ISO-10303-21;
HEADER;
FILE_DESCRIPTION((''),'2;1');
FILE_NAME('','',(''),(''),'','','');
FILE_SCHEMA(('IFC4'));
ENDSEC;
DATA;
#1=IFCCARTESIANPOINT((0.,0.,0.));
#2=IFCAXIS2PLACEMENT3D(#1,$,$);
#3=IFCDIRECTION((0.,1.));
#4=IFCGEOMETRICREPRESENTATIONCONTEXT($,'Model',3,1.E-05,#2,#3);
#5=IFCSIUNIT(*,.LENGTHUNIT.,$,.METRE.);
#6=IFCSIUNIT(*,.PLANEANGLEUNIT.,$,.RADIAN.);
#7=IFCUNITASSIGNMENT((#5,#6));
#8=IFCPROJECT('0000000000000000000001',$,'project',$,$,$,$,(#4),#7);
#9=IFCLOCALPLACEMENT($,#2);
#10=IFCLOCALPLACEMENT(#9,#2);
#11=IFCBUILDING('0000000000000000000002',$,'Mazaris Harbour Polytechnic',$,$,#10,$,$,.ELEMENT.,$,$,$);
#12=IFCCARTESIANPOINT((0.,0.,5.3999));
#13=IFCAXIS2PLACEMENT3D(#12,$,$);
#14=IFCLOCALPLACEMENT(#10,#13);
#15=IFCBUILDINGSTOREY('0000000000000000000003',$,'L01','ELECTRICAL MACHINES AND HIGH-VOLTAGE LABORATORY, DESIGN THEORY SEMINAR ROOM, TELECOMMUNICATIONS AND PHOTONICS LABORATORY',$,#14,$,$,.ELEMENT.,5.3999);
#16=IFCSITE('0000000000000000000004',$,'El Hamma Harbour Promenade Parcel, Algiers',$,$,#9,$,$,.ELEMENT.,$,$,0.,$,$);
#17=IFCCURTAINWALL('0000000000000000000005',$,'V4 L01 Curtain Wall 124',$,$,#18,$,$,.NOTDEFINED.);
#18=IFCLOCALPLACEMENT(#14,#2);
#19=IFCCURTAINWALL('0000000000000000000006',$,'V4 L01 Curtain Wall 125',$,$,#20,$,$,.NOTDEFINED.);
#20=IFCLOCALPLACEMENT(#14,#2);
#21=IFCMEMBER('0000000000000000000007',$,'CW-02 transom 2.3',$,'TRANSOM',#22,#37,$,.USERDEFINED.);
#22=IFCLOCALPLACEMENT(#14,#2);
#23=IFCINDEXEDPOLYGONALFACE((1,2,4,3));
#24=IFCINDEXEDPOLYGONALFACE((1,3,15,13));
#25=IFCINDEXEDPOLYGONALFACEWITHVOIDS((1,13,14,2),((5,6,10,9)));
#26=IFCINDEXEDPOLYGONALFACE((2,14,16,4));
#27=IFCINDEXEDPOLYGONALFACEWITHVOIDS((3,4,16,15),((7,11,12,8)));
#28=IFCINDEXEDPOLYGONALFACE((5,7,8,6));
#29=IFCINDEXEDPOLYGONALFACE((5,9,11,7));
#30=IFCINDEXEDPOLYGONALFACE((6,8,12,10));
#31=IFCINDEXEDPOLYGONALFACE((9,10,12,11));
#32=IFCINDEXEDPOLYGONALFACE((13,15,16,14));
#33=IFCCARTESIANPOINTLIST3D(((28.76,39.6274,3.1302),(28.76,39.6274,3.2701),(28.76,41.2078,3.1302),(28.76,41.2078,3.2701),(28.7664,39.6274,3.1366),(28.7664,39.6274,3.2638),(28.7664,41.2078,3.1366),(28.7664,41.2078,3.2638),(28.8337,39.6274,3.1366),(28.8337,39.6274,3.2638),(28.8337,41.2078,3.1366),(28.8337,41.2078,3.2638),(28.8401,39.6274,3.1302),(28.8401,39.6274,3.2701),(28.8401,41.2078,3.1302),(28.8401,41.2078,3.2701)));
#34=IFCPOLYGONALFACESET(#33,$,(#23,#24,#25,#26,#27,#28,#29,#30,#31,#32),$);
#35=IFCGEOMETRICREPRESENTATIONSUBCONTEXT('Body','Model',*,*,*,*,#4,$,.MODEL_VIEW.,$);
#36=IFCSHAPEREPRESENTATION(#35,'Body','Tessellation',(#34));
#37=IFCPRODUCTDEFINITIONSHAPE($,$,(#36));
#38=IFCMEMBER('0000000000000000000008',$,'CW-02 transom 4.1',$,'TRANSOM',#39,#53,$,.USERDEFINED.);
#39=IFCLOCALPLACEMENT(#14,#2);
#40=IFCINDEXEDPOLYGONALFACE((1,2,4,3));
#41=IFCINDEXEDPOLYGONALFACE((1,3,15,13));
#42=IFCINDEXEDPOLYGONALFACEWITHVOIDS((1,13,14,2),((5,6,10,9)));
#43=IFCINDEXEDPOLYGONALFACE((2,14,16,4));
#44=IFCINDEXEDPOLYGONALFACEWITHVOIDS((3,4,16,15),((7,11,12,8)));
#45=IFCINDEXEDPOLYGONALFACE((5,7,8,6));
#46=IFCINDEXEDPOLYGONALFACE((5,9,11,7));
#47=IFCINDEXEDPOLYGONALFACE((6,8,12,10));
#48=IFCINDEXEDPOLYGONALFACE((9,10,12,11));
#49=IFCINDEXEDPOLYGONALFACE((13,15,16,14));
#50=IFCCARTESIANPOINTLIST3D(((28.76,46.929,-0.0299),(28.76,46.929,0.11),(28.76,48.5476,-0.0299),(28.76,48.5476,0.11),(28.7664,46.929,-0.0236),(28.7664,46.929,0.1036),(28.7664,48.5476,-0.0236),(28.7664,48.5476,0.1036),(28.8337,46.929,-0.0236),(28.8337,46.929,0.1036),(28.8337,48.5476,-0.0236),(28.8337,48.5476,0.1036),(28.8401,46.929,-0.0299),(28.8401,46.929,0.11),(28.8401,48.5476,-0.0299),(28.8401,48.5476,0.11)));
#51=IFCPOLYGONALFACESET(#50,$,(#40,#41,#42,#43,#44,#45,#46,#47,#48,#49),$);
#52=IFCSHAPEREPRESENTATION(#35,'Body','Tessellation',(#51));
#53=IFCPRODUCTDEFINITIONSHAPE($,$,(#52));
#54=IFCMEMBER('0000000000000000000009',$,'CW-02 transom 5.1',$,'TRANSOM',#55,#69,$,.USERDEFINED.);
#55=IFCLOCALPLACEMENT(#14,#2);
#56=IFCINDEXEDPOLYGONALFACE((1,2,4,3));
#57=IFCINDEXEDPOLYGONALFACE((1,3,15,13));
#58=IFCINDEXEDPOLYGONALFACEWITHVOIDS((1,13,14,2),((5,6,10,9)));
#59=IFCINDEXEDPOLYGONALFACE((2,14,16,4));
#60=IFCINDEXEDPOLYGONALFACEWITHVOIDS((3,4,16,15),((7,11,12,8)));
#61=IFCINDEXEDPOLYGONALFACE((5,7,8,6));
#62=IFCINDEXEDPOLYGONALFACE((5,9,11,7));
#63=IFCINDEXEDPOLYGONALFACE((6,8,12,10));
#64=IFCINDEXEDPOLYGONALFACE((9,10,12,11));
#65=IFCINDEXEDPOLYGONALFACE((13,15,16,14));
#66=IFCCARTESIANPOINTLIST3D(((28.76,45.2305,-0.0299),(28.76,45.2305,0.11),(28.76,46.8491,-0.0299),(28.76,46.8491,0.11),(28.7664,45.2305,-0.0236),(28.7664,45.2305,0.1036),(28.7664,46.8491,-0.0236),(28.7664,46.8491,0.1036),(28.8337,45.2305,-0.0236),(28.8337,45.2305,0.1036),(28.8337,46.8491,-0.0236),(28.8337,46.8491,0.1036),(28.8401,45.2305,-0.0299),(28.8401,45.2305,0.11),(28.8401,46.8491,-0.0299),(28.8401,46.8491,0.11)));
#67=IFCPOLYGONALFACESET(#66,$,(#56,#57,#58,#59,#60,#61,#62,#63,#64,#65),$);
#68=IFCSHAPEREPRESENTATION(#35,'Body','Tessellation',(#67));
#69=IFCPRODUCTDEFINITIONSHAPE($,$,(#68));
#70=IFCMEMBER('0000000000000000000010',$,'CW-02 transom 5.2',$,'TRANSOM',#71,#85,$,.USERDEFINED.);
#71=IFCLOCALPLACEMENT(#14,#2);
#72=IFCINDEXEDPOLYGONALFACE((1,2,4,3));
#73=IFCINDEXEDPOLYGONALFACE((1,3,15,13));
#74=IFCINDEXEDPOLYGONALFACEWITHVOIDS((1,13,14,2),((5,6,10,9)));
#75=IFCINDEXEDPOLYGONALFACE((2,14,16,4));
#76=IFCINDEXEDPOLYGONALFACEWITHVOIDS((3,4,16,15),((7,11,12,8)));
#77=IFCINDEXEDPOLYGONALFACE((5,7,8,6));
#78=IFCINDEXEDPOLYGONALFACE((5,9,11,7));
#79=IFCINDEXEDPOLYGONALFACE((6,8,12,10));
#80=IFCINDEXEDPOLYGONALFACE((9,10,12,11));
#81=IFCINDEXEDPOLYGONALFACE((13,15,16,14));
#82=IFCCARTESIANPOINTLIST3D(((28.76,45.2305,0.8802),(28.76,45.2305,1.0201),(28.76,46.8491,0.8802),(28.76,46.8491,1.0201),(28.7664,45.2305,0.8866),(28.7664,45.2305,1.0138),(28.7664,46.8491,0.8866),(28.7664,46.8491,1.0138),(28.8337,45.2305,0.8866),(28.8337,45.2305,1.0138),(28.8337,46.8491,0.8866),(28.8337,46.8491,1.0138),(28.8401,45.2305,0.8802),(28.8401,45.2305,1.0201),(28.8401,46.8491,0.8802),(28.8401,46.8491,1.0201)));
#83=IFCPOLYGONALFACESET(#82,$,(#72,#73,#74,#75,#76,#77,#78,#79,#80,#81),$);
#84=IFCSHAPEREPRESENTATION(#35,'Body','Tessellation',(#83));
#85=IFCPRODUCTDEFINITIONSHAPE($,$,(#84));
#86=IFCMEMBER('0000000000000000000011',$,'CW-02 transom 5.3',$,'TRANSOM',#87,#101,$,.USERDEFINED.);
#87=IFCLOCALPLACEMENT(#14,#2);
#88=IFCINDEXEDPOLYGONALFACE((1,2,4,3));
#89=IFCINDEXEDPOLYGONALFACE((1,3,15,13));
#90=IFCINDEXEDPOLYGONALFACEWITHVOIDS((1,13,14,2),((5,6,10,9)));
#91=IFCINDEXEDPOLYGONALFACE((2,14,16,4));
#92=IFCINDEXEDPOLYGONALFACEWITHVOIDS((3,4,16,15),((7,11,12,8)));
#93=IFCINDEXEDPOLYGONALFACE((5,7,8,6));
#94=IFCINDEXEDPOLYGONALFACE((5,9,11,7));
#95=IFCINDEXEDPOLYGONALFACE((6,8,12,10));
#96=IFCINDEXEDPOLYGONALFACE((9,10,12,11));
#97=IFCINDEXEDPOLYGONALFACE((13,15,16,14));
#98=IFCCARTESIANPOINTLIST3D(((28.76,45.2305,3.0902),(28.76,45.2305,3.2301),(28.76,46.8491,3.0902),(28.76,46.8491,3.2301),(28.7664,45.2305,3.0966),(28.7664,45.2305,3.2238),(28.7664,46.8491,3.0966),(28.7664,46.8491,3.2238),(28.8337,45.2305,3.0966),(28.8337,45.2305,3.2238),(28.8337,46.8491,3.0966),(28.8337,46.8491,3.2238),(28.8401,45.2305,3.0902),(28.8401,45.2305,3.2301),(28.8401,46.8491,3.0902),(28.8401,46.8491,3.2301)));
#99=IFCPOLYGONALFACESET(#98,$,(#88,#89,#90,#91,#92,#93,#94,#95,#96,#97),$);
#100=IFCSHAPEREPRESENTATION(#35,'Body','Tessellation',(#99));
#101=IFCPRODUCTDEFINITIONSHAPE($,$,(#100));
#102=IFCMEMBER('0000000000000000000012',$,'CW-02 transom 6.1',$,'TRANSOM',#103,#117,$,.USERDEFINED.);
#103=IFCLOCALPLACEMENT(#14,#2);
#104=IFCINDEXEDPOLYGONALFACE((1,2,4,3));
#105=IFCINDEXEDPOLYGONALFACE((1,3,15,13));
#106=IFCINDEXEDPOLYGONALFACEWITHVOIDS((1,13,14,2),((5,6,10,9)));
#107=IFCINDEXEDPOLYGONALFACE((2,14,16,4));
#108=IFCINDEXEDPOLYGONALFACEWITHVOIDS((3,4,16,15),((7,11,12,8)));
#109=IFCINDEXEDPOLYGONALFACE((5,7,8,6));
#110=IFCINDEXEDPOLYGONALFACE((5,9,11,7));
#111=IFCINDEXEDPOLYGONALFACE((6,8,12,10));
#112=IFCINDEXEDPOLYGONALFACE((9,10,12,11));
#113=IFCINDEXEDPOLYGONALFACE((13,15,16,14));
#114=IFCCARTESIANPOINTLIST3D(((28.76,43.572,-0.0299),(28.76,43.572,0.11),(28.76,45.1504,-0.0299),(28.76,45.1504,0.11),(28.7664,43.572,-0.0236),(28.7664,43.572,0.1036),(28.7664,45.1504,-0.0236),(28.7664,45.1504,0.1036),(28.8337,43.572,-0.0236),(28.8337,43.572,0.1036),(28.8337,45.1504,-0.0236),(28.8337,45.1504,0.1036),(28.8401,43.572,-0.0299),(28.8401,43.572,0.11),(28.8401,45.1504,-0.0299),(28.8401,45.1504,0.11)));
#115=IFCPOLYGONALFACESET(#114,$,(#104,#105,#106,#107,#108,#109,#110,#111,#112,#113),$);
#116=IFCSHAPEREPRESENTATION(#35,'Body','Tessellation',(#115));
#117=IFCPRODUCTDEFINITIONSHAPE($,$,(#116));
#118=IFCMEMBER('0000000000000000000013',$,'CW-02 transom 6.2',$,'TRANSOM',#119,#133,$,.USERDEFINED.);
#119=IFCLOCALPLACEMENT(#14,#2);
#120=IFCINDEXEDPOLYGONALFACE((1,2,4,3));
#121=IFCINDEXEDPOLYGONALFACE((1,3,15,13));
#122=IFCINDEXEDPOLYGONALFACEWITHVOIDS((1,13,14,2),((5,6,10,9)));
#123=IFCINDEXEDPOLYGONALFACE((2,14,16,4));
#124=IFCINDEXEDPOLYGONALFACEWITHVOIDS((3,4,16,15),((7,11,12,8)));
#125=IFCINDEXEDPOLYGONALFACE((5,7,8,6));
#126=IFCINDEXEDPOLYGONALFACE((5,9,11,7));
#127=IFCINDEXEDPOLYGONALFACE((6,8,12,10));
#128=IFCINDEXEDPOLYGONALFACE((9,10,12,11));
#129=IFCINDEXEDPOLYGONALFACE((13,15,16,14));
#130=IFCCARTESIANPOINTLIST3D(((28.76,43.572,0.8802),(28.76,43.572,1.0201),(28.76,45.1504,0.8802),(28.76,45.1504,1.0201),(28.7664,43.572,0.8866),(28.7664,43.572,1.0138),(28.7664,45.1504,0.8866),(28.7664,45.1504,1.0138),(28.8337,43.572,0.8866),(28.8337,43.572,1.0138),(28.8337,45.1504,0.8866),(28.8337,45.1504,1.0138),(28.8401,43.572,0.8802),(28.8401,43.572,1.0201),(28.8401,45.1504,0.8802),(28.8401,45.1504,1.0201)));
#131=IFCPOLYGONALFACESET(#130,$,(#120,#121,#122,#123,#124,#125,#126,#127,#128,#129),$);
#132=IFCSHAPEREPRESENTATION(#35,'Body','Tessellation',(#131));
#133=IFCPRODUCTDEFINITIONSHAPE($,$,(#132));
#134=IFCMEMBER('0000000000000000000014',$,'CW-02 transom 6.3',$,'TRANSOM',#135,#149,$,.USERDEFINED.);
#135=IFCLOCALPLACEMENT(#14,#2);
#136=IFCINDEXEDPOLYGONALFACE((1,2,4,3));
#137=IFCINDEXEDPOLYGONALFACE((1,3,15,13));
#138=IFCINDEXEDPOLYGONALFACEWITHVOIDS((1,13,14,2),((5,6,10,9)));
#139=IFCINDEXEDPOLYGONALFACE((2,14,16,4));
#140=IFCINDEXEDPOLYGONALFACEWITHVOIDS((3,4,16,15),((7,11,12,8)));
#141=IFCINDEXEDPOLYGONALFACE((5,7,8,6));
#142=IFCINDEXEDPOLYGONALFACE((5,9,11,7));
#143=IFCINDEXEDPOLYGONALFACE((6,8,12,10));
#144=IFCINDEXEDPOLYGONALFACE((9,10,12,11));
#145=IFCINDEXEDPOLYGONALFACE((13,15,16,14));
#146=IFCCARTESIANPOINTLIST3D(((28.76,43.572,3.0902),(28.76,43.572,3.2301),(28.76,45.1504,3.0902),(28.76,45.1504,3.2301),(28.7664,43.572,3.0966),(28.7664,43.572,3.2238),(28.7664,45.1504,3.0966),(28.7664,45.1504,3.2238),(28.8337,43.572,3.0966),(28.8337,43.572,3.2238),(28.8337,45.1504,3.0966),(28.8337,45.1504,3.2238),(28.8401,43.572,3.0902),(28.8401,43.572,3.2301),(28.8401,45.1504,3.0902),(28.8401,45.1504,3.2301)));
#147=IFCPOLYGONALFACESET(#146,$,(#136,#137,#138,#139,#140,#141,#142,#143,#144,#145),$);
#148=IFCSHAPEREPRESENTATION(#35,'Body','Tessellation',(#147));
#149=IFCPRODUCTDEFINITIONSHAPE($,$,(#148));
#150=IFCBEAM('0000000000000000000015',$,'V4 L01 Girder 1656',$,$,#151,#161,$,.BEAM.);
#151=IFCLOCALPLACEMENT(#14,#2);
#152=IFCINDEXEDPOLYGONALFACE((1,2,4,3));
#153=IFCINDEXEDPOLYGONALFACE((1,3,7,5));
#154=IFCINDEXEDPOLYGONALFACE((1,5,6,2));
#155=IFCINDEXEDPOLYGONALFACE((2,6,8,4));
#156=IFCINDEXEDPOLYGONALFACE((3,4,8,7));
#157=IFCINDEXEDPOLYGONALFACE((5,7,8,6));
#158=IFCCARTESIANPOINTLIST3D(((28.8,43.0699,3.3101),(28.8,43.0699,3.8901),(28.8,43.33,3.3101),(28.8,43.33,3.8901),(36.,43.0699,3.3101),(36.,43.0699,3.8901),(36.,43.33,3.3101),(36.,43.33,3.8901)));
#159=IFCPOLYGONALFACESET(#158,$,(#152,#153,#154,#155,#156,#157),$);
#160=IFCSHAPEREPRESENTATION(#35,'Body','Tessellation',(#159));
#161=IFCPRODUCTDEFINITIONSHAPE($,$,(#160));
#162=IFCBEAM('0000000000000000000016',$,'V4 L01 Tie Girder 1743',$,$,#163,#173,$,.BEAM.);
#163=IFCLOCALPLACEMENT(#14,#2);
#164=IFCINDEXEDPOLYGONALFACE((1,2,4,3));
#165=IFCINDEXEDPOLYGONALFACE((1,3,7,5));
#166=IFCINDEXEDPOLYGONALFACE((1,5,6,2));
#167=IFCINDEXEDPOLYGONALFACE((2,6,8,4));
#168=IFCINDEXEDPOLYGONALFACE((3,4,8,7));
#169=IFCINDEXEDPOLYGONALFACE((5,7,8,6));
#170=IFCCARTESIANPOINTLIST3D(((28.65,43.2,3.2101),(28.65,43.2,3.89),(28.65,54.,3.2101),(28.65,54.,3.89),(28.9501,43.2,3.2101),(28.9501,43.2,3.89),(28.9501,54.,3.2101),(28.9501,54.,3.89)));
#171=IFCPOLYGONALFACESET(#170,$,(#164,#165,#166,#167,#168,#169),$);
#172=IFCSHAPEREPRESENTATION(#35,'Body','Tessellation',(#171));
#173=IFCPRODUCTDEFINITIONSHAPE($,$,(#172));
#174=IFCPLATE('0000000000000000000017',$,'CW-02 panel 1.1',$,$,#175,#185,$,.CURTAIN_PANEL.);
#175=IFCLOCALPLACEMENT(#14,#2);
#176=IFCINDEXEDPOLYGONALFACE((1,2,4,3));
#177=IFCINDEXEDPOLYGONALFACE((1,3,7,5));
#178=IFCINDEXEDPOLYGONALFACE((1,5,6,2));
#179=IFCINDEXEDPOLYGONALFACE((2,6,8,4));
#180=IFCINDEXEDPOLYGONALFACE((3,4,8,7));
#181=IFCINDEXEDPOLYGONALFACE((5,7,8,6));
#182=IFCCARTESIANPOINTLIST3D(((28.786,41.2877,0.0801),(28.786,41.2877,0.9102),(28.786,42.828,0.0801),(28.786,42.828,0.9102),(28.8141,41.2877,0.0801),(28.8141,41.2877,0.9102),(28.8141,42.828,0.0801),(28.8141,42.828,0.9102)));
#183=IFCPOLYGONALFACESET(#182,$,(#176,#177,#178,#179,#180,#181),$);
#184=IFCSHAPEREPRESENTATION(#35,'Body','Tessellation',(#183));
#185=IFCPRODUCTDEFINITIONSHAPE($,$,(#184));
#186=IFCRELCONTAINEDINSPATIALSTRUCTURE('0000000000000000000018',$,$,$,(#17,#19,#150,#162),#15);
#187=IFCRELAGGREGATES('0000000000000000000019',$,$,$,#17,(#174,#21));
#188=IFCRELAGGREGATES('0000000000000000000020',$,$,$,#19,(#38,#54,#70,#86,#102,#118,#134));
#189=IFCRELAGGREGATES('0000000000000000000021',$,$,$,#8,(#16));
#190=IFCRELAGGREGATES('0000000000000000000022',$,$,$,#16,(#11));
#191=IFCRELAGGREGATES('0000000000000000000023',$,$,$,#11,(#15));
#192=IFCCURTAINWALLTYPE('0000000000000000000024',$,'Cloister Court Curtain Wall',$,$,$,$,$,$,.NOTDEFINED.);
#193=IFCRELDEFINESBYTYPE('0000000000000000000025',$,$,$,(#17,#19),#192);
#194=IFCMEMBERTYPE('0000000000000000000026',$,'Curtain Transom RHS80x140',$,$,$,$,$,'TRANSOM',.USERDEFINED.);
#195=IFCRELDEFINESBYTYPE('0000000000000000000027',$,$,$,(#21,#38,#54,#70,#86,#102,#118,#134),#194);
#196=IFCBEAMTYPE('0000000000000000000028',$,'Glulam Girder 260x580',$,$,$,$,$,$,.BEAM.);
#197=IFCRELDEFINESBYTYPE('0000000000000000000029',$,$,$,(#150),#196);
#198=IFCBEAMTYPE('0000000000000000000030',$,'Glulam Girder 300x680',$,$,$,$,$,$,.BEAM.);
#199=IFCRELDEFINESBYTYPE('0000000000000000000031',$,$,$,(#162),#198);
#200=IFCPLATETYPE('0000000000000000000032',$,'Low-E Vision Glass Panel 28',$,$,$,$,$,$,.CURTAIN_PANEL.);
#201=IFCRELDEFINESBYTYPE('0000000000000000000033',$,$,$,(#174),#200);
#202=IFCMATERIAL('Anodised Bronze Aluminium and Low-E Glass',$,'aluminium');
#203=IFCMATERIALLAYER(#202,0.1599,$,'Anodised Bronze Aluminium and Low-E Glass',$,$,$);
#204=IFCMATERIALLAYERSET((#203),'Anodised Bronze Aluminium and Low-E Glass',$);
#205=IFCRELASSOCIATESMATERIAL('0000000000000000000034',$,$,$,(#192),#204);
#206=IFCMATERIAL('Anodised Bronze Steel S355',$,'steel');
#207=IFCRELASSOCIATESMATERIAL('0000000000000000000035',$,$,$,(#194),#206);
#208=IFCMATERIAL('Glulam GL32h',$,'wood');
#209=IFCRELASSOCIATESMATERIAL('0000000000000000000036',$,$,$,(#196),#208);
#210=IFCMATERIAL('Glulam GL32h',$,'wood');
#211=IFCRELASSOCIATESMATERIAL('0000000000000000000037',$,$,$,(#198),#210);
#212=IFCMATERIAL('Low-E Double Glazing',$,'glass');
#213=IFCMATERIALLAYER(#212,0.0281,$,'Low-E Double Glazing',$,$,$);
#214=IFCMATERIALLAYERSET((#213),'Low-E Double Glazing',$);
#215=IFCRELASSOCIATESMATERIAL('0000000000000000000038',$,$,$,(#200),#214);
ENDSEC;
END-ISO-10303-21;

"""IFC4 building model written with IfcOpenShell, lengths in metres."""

from ifc_helpers import new_model, si_unit, direction, frame, origin, origin_2d, place, context, subcontext, project, spatial, rectangle, hollow_rectangle, extrude, material, layer, layer_set, material_profile, profile_set, type_object, element, aggregate, save


model = new_model("IFC4")

# Units and contexts
model_context = context("Model", 3, precision=1e-05, world=origin(), true_north=direction((0.0, 1.0)))
body_context = subcontext(model_context, "Body", "Model", "MODEL_VIEW")
ifc_project = project(units=[si_unit("LENGTHUNIT", "METRE"), si_unit("PLANEANGLEUNIT", "RADIAN")], contexts=[model_context])

# Site, building, storey
site_placement = place(None, origin())
site = spatial("IfcSite", under=ifc_project, at=site_placement, Name="El Hamma Harbour Promenade Parcel, Algiers", CompositionType="ELEMENT", RefElevation=0.0)
building_placement = place(site_placement, origin())
building = spatial("IfcBuilding", under=site, at=building_placement, Name="Mazaris Harbour Polytechnic", CompositionType="ELEMENT")
storey_placement = place(building_placement, frame((0.0, 0.0, 5.3999)))
storey = spatial("IfcBuildingStorey", under=building, at=storey_placement, Name="L01", Description="ELECTRICAL MACHINES AND HIGH-VOLTAGE LABORATORY, DESIGN THEORY SEMINAR ROOM, TELECOMMUNICATIONS AND PHOTONICS LABORATORY", CompositionType="ELEMENT", Elevation=5.3999)

# Curtain walls
ifc_material_1 = material(Name="Anodised Bronze Aluminium and Low-E Glass", Category="aluminium")
ifc_layer_1 = layer(ifc_material_1, 0.1599, Name="Anodised Bronze Aluminium and Low-E Glass")
ifc_layer_set_1 = layer_set([ifc_layer_1], Name="Anodised Bronze Aluminium and Low-E Glass")
curtain_wall_type = type_object("IfcCurtainWallType", Name="Cloister Court Curtain Wall", PredefinedType="NOTDEFINED", material=ifc_layer_set_1)
curtain_wall_1_placement = place(storey_placement, origin())
curtain_wall_1 = element("IfcCurtainWall", 1, at=curtain_wall_1_placement, inside=storey, type_object=curtain_wall_type, Name="V4 L01 Curtain Wall 124", PredefinedType="NOTDEFINED")
curtain_wall_2_placement = place(storey_placement, origin())
curtain_wall_2 = element("IfcCurtainWall", 2, at=curtain_wall_2_placement, inside=storey, type_object=curtain_wall_type, Name="V4 L01 Curtain Wall 125", PredefinedType="NOTDEFINED")

# Members
ifc_material_2 = material(Name="Anodised Bronze Steel S355", Category="steel")
ifc_material_profile_1 = material_profile(ifc_material_2, hollow_rectangle(XDim=0.0801, YDim=0.1399, WallThickness=0.0063, at=origin_2d()), Name="RHS 80x140x6.3")
ifc_profile_set_1 = profile_set([ifc_material_profile_1], Name="Anodised Bronze Steel S355")
member_type_1 = type_object("IfcMemberType", Name="Curtain Transom RHS80x140", ElementType="TRANSOM", PredefinedType="USERDEFINED", material=ifc_profile_set_1)
member_1_placement = place(storey_placement, frame((28.8, 41.2078, 3.2002), z_axis=(0.0, -1.0, 0.0), x_axis=(1.0, 0.0, 0.0)))
member_1 = element("IfcMember", 3, at=member_1_placement, type_object=member_type_1, Name="CW-02 transom 2.3", ObjectType="TRANSOM", PredefinedType="USERDEFINED", context=body_context, shape_type="SweptSolid", body=[
    extrude(hollow_rectangle(XDim=0.0801, YDim=0.1399, WallThickness=0.0063, at=origin_2d()), origin(), (0.0, 0.0, 1.0), 1.5803),
])
member_2_placement = place(storey_placement, frame((28.8, 48.5476, 0.04), z_axis=(0.0, -1.0, 0.0), x_axis=(1.0, 0.0, 0.0)))
member_2 = element("IfcMember", 4, at=member_2_placement, type_object=member_type_1, Name="CW-02 transom 4.1", ObjectType="TRANSOM", PredefinedType="USERDEFINED", context=body_context, shape_type="SweptSolid", body=[
    extrude(hollow_rectangle(XDim=0.0801, YDim=0.1399, WallThickness=0.0063, at=origin_2d()), origin(), (0.0, 0.0, 1.0), 1.6187),
])
member_3_placement = place(storey_placement, frame((28.8, 46.8491, 0.04), z_axis=(0.0, -1.0, 0.0), x_axis=(1.0, 0.0, 0.0)))
member_3 = element("IfcMember", 5, at=member_3_placement, type_object=member_type_1, Name="CW-02 transom 5.1", ObjectType="TRANSOM", PredefinedType="USERDEFINED", context=body_context, shape_type="SweptSolid", body=[
    extrude(hollow_rectangle(XDim=0.0801, YDim=0.1399, WallThickness=0.0063, at=origin_2d()), origin(), (0.0, 0.0, 1.0), 1.6187),
])
member_4_placement = place(storey_placement, frame((28.8, 46.8491, 0.9502), z_axis=(0.0, -1.0, 0.0), x_axis=(1.0, 0.0, 0.0)))
member_4 = element("IfcMember", 6, at=member_4_placement, type_object=member_type_1, Name="CW-02 transom 5.2", ObjectType="TRANSOM", PredefinedType="USERDEFINED", context=body_context, shape_type="SweptSolid", body=[
    extrude(hollow_rectangle(XDim=0.0801, YDim=0.1399, WallThickness=0.0063, at=origin_2d()), origin(), (0.0, 0.0, 1.0), 1.6187),
])
member_5_placement = place(storey_placement, frame((28.8, 46.8491, 3.1602), z_axis=(0.0, -1.0, 0.0), x_axis=(1.0, 0.0, 0.0)))
member_5 = element("IfcMember", 7, at=member_5_placement, type_object=member_type_1, Name="CW-02 transom 5.3", ObjectType="TRANSOM", PredefinedType="USERDEFINED", context=body_context, shape_type="SweptSolid", body=[
    extrude(hollow_rectangle(XDim=0.0801, YDim=0.1399, WallThickness=0.0063, at=origin_2d()), origin(), (0.0, 0.0, 1.0), 1.6187),
])
member_6_placement = place(storey_placement, frame((28.8, 45.1504, 0.04), z_axis=(0.0, -1.0, 0.0), x_axis=(1.0, 0.0, 0.0)))
member_6 = element("IfcMember", 8, at=member_6_placement, type_object=member_type_1, Name="CW-02 transom 6.1", ObjectType="TRANSOM", PredefinedType="USERDEFINED", context=body_context, shape_type="SweptSolid", body=[
    extrude(hollow_rectangle(XDim=0.0801, YDim=0.1399, WallThickness=0.0063, at=origin_2d()), origin(), (0.0, 0.0, 1.0), 1.5784),
])
member_7_placement = place(storey_placement, frame((28.8, 45.1504, 0.9502), z_axis=(0.0, -1.0, 0.0), x_axis=(1.0, 0.0, 0.0)))
member_7 = element("IfcMember", 9, at=member_7_placement, type_object=member_type_1, Name="CW-02 transom 6.2", ObjectType="TRANSOM", PredefinedType="USERDEFINED", context=body_context, shape_type="SweptSolid", body=[
    extrude(hollow_rectangle(XDim=0.0801, YDim=0.1399, WallThickness=0.0063, at=origin_2d()), origin(), (0.0, 0.0, 1.0), 1.5784),
])
member_8_placement = place(storey_placement, frame((28.8, 45.1504, 3.1602), z_axis=(0.0, -1.0, 0.0), x_axis=(1.0, 0.0, 0.0)))
member_8 = element("IfcMember", 10, at=member_8_placement, type_object=member_type_1, Name="CW-02 transom 6.3", ObjectType="TRANSOM", PredefinedType="USERDEFINED", context=body_context, shape_type="SweptSolid", body=[
    extrude(hollow_rectangle(XDim=0.0801, YDim=0.1399, WallThickness=0.0063, at=origin_2d()), origin(), (0.0, 0.0, 1.0), 1.5784),
])

# Beams
ifc_material_3 = material(Name="Glulam GL32h", Category="wood")
ifc_material_profile_2 = material_profile(ifc_material_3, rectangle(XDim=0.26, YDim=0.5801, at=origin_2d()), Name="RECT260x580")
ifc_profile_set_2 = profile_set([ifc_material_profile_2], Name="Glulam GL32h")
beam_type_1 = type_object("IfcBeamType", Name="Glulam Girder 260x580", PredefinedType="BEAM", material=ifc_profile_set_2)
beam_1_placement = place(storey_placement, frame((28.8, 43.2, 3.6001), z_axis=(1.0, 0.0, 0.0), x_axis=(0.0, 1.0, 0.0)))
element("IfcBeam", 11, at=beam_1_placement, inside=storey, type_object=beam_type_1, Name="V4 L01 Girder 1656", PredefinedType="BEAM", context=body_context, shape_type="SweptSolid", body=[
    extrude(rectangle(XDim=0.26, YDim=0.5801, at=origin_2d()), origin(), (0.0, 0.0, 1.0), 7.2),
])
ifc_material_4 = material(Name="Glulam GL32h", Category="wood")
ifc_material_profile_3 = material_profile(ifc_material_4, rectangle(XDim=0.3, YDim=0.6799, at=origin_2d()), Name="RECT300x680")
ifc_profile_set_3 = profile_set([ifc_material_profile_3], Name="Glulam GL32h")
beam_type_2 = type_object("IfcBeamType", Name="Glulam Girder 300x680", PredefinedType="BEAM", material=ifc_profile_set_3)
beam_2_placement = place(storey_placement, frame((28.8, 43.2, 3.55), z_axis=(0.0, 1.0, 0.0), x_axis=(-1.0, 0.0, 0.0)))
element("IfcBeam", 12, at=beam_2_placement, inside=storey, type_object=beam_type_2, Name="V4 L01 Tie Girder 1743", PredefinedType="BEAM", context=body_context, shape_type="SweptSolid", body=[
    extrude(rectangle(XDim=0.3, YDim=0.6799, at=origin_2d()), origin(), (0.0, 0.0, 1.0), 10.8),
])

# Plate
ifc_material_5 = material(Name="Low-E Double Glazing", Category="glass")
ifc_layer_2 = layer(ifc_material_5, 0.0281, Name="Low-E Double Glazing")
ifc_layer_set_2 = layer_set([ifc_layer_2], Name="Low-E Double Glazing")
plate_type = type_object("IfcPlateType", Name="Low-E Vision Glass Panel 28", PredefinedType="CURTAIN_PANEL", material=ifc_layer_set_2)
plate_1_placement = place(storey_placement, frame((28.8, 42.0579, 0.0801), z_axis=(0.0, 0.0, 1.0), x_axis=(0.0, -1.0, 0.0)))
plate_1 = element("IfcPlate", 13, at=plate_1_placement, type_object=plate_type, Name="CW-02 panel 1.1", PredefinedType="CURTAIN_PANEL", context=body_context, shape_type="SweptSolid", body=[
    extrude(rectangle(XDim=1.5403, YDim=0.0281, at=origin_2d()), origin(), (0.0, 0.0, 1.0), 0.8301),
])
aggregate(curtain_wall_1, [plate_1, member_1])
aggregate(curtain_wall_2, [member_2, member_3, member_4, member_5, member_6, member_7, member_8])

save(model, "model.ifc")
